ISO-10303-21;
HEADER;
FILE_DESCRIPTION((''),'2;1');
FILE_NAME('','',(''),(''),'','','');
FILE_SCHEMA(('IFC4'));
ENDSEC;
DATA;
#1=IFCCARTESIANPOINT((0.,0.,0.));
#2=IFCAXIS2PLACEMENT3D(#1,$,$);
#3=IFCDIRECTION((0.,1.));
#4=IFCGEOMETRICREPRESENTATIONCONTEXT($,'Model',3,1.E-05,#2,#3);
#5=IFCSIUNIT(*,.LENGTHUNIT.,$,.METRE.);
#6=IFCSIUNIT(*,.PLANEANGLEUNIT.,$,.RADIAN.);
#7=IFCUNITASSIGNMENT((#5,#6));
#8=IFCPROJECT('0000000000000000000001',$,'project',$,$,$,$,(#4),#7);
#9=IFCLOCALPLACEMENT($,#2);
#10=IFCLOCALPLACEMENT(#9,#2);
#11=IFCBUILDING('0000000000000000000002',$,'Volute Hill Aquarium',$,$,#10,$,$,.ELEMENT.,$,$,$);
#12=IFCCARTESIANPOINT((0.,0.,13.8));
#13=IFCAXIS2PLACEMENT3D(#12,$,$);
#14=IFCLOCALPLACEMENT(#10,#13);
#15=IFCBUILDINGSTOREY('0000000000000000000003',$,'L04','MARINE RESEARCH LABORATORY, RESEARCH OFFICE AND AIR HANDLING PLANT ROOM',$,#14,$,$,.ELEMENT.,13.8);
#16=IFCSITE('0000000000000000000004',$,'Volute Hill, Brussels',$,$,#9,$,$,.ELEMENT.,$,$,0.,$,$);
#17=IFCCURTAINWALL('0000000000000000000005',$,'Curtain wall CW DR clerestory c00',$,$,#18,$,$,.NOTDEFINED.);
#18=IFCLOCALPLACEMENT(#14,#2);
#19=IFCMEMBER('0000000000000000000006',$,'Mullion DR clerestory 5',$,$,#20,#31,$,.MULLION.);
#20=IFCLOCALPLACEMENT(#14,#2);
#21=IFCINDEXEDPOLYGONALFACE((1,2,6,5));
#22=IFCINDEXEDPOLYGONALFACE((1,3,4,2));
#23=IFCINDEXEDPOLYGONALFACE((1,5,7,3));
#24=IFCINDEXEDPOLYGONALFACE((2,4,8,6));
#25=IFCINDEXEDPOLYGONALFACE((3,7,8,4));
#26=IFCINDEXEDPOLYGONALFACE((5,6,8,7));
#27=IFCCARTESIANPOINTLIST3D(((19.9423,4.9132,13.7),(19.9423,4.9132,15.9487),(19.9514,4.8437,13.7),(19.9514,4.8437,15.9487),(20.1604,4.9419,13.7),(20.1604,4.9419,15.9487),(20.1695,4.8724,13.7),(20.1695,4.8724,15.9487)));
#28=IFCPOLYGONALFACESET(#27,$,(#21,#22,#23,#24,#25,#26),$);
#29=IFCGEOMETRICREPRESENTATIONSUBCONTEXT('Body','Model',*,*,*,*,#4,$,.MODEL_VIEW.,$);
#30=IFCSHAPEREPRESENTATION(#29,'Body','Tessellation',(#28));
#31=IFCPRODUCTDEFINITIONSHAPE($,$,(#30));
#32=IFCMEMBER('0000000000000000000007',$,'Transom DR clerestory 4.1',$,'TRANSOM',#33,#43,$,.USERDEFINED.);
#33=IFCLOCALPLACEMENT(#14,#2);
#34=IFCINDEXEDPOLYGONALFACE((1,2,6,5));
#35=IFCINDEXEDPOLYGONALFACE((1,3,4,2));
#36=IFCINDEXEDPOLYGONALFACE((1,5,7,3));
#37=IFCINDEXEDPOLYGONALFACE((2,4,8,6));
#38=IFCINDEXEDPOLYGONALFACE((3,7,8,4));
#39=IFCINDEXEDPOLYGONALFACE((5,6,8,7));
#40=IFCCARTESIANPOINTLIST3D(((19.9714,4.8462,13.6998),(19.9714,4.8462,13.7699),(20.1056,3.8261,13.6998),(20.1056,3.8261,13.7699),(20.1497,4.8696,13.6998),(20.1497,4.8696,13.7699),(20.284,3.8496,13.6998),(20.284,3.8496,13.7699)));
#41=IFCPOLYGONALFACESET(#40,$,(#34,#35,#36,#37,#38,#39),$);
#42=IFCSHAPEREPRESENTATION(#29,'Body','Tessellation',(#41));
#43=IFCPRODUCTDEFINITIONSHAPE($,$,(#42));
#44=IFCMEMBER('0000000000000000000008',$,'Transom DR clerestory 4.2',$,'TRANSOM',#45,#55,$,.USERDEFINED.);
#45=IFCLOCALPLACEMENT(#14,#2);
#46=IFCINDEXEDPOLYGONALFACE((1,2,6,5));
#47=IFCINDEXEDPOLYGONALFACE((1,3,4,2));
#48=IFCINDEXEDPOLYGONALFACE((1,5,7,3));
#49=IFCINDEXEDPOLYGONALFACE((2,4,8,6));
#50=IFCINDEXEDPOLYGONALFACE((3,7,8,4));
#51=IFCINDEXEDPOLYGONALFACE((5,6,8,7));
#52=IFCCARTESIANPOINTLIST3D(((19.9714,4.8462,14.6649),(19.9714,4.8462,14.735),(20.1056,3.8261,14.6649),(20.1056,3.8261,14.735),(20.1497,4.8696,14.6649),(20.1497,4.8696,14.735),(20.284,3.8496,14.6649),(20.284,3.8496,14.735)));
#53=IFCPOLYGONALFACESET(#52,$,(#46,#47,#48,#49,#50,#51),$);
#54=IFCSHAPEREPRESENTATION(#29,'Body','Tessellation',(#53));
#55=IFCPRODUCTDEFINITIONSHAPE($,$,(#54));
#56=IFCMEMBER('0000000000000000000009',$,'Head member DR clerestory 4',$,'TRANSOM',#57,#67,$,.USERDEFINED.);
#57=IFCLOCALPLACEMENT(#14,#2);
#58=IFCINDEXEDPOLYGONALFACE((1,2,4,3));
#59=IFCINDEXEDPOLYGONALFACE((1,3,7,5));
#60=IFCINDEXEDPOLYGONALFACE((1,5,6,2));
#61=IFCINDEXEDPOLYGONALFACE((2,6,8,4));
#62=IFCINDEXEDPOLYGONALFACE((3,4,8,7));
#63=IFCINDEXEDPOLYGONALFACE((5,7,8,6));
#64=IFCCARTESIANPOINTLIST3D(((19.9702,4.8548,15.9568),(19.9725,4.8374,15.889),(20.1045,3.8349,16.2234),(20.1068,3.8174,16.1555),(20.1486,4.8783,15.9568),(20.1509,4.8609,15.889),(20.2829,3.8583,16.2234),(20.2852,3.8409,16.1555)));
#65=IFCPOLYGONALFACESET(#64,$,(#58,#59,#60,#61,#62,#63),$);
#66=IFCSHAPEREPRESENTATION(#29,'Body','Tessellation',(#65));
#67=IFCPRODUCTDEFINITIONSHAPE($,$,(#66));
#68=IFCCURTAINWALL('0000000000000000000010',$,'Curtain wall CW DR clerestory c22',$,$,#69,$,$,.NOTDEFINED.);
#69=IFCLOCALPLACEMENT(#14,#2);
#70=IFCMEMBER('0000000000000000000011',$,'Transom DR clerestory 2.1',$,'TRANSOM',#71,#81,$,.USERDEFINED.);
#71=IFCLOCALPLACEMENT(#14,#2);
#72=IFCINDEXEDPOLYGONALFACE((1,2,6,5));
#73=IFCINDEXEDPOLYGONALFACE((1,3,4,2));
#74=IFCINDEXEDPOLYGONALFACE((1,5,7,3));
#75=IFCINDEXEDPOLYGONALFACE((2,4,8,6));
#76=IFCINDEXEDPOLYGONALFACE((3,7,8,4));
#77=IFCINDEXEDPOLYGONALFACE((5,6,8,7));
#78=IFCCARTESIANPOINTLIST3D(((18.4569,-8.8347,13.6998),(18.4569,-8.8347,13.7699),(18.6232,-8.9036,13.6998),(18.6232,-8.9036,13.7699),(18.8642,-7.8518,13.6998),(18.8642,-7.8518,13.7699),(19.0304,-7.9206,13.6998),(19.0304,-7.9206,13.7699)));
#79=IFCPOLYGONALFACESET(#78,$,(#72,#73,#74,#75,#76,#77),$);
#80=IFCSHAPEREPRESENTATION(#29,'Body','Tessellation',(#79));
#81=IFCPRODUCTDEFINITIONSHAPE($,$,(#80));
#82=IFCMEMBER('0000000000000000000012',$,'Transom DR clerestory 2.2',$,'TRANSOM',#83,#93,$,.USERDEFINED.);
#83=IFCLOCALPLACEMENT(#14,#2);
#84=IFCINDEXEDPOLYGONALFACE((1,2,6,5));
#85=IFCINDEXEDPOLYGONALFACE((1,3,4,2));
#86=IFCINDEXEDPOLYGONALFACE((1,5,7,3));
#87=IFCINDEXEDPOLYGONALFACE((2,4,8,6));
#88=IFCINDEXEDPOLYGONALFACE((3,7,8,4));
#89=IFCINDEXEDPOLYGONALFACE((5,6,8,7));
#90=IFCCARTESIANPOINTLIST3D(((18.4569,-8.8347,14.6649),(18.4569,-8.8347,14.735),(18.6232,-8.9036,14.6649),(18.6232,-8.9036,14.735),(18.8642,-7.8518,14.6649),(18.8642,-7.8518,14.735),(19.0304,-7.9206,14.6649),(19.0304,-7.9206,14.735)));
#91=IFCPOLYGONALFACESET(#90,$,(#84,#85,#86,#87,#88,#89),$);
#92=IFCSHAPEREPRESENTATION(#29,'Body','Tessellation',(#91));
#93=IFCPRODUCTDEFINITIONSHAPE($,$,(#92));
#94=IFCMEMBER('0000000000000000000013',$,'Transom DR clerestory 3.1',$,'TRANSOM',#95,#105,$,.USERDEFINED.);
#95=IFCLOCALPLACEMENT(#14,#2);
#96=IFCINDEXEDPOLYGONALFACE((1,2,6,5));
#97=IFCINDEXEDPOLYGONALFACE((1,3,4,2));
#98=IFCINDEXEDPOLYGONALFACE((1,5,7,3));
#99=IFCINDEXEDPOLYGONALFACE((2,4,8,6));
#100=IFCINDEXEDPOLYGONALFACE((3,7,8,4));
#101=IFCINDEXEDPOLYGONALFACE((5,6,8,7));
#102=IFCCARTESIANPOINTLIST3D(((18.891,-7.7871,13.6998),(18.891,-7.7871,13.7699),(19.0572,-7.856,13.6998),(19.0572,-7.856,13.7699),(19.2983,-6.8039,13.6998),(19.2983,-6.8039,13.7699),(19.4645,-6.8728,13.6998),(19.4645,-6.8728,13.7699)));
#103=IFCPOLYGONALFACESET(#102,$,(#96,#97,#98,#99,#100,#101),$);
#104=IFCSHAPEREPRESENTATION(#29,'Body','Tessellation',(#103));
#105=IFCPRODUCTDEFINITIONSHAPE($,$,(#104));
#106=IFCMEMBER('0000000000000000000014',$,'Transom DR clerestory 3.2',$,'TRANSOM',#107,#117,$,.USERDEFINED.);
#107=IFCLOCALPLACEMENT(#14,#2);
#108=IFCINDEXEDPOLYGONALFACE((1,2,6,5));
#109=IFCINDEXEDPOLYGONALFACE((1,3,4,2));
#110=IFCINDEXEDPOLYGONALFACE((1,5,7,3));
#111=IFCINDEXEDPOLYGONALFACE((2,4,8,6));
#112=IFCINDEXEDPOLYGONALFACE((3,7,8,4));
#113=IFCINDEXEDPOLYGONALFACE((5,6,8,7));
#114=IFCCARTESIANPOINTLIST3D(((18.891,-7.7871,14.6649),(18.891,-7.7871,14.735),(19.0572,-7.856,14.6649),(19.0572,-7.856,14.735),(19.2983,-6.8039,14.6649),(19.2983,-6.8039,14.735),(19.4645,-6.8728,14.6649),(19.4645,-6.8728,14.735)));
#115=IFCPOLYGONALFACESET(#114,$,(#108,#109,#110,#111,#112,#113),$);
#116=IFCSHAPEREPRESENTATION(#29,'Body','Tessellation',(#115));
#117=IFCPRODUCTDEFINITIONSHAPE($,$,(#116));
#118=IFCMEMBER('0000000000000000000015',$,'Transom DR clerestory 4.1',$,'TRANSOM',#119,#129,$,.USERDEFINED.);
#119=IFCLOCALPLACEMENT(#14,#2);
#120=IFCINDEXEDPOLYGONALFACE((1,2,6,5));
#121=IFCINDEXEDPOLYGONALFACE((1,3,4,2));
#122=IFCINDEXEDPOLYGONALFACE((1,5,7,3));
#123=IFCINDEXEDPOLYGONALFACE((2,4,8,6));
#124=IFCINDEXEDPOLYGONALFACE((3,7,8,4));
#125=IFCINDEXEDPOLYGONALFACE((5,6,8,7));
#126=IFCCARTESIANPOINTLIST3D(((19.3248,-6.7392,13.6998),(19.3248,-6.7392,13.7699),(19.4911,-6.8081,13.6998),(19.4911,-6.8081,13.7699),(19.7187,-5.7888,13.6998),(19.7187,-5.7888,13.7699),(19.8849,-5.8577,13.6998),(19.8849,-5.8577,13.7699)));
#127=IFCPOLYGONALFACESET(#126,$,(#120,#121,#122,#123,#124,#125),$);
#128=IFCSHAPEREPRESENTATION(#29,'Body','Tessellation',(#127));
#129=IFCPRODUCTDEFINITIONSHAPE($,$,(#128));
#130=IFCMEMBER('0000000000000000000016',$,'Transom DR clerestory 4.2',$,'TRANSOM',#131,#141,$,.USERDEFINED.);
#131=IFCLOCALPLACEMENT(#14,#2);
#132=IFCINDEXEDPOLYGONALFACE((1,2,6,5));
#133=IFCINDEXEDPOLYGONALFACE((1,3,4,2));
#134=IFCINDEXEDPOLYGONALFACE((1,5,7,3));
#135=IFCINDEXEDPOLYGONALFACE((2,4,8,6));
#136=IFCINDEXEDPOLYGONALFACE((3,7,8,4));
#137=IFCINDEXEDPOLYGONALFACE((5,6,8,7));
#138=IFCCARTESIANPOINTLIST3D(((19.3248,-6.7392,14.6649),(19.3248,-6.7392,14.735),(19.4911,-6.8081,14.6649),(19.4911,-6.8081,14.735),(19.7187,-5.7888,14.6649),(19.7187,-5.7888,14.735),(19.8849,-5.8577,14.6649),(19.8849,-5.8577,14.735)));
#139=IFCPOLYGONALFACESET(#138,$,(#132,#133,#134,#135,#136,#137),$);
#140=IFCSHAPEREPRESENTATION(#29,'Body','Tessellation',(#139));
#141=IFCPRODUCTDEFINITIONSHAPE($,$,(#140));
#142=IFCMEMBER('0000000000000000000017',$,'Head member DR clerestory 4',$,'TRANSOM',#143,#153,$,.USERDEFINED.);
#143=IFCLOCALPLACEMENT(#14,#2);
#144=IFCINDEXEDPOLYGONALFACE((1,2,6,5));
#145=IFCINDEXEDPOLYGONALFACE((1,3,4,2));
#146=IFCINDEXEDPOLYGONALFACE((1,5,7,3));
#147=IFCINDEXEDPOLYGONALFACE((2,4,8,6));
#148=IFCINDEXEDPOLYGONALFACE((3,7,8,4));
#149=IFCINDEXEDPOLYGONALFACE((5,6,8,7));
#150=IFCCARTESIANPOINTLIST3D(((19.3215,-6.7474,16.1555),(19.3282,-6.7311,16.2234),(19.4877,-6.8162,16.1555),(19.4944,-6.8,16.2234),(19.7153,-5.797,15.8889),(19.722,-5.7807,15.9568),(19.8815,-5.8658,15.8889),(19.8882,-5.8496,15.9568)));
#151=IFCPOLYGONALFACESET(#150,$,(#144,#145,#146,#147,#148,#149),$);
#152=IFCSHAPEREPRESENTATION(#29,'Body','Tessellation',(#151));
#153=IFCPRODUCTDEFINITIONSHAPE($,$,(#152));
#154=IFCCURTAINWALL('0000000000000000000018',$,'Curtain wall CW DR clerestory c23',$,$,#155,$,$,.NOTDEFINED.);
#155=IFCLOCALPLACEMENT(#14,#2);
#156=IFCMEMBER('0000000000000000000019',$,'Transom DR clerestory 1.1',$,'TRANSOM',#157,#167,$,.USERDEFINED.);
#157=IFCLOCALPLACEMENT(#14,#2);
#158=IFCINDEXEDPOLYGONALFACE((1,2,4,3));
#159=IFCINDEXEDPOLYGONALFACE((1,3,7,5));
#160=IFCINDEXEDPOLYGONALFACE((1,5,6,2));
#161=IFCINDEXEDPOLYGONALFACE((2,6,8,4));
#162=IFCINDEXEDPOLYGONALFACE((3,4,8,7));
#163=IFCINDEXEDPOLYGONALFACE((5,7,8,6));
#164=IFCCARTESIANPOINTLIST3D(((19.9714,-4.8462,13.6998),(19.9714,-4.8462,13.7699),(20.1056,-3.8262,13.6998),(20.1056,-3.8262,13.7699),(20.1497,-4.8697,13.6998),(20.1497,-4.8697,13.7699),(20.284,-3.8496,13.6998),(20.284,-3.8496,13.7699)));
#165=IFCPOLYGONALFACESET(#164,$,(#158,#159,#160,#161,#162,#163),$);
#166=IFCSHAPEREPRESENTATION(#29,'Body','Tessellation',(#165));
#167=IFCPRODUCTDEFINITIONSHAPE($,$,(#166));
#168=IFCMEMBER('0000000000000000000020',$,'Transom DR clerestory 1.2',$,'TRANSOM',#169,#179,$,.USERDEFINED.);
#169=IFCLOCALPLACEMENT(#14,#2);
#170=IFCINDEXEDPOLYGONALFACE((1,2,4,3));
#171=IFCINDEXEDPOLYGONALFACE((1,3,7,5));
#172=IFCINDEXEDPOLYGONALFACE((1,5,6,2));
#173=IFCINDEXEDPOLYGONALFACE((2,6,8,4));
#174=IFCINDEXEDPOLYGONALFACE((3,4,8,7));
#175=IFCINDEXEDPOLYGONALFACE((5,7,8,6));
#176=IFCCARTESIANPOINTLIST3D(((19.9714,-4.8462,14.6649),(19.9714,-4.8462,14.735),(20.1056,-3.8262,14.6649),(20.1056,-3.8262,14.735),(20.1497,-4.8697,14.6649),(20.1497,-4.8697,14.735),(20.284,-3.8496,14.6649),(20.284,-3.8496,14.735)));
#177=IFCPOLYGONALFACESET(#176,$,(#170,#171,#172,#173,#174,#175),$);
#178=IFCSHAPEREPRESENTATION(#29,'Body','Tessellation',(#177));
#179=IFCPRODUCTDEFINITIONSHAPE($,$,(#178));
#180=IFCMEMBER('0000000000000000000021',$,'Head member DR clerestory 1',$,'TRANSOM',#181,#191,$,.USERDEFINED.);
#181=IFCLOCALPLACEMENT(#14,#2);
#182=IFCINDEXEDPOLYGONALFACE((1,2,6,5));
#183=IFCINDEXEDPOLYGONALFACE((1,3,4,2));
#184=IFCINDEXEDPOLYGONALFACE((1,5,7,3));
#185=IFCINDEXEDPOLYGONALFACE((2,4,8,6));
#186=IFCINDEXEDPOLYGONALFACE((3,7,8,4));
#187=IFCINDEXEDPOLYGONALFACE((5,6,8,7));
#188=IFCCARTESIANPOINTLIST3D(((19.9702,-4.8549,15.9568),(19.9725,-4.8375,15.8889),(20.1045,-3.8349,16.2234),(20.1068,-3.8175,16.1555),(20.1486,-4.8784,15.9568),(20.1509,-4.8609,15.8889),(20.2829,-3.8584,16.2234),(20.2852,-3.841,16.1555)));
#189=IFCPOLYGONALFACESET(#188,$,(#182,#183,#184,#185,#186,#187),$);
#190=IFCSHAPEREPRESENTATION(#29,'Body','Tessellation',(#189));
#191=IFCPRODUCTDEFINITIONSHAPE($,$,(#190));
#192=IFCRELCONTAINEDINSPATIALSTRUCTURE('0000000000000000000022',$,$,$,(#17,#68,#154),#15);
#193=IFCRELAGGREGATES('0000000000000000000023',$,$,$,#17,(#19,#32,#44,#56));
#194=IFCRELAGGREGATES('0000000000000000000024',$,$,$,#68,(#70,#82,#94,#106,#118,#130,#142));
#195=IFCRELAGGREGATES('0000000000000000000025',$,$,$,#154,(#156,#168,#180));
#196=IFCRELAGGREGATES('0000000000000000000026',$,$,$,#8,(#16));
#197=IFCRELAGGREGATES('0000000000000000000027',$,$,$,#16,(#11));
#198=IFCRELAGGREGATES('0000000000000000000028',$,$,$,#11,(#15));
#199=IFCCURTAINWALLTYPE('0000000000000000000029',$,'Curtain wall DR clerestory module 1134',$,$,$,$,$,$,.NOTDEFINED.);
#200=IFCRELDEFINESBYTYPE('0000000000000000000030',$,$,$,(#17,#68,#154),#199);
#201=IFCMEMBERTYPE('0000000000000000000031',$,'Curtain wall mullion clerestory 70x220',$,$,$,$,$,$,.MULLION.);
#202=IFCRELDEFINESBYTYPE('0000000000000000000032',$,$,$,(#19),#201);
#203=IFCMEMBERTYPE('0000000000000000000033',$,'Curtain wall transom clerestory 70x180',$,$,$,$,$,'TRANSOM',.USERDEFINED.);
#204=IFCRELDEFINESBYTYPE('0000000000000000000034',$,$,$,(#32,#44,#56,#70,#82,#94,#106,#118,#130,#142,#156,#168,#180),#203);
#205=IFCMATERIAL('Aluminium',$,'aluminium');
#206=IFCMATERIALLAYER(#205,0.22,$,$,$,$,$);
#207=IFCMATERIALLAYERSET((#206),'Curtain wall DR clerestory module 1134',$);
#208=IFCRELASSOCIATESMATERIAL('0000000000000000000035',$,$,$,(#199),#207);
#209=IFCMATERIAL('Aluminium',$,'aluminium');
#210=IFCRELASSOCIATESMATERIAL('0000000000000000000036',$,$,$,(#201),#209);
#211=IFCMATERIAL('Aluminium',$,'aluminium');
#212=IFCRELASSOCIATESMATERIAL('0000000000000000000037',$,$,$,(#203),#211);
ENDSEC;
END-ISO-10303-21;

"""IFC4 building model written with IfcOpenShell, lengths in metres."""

from ifc_helpers import new_model, si_unit, direction, frame, origin, origin_2d, place, context, subcontext, project, spatial, rectangle, extrude, material, layer, layer_set, material_profile, profile_set, type_object, element, aggregate, save


model = new_model("IFC4")

# Units and contexts
model_context = context("Model", 3, precision=1e-05, world=origin(), true_north=direction((0.0, 1.0)))
body_context = subcontext(model_context, "Body", "Model", "MODEL_VIEW")
ifc_project = project(units=[si_unit("LENGTHUNIT", "METRE"), si_unit("PLANEANGLEUNIT", "RADIAN")], contexts=[model_context])

# Site, building, storey
site_placement = place(None, origin())
site = spatial("IfcSite", under=ifc_project, at=site_placement, Name="Volute Hill, Brussels", CompositionType="ELEMENT", RefElevation=0.0)
building_placement = place(site_placement, origin())
building = spatial("IfcBuilding", under=site, at=building_placement, Name="Volute Hill Aquarium", CompositionType="ELEMENT")
storey_placement = place(building_placement, frame((0.0, 0.0, 13.8)))
storey = spatial("IfcBuildingStorey", under=building, at=storey_placement, Name="L04", Description="MARINE RESEARCH LABORATORY, RESEARCH OFFICE AND AIR HANDLING PLANT ROOM", CompositionType="ELEMENT", Elevation=13.8)

# Curtain walls, members
ifc_material_1 = material(Name="Aluminium", Category="aluminium")
ifc_layer_1 = layer(ifc_material_1, 0.22)
ifc_layer_set_1 = layer_set([ifc_layer_1], Name="Curtain wall DR clerestory module 1134")
curtain_wall_type = type_object("IfcCurtainWallType", Name="Curtain wall DR clerestory module 1134", PredefinedType="NOTDEFINED", material=ifc_layer_set_1)
curtain_wall_1_placement = place(storey_placement, origin())
curtain_wall_1 = element("IfcCurtainWall", 1, at=curtain_wall_1_placement, inside=storey, type_object=curtain_wall_type, Name="Curtain wall CW DR clerestory c00", PredefinedType="NOTDEFINED")
ifc_material_2 = material(Name="Aluminium", Category="aluminium")
ifc_material_profile_1 = material_profile(ifc_material_2, rectangle(XDim=0.22, YDim=0.0701, at=origin_2d()), Name="Curtain wall mullion clerestory 70x220")
ifc_profile_set_1 = profile_set([ifc_material_profile_1], Name="Aluminium")
member_type_1 = type_object("IfcMemberType", Name="Curtain wall mullion clerestory 70x220", PredefinedType="MULLION", material=ifc_profile_set_1)
member_1_placement = place(storey_placement, frame((20.0559, 4.8928, 13.7), z_axis=(0.0, 0.0, 1.0), x_axis=(-0.991446, -0.130519, 0.0)))
member_1 = element("IfcMember", 2, at=member_1_placement, type_object=member_type_1, Name="Mullion DR clerestory 5", PredefinedType="MULLION", context=body_context, shape_type="SweptSolid", body=[
    extrude(rectangle(XDim=0.22, YDim=0.0701, at=origin_2d()), origin(), (0.0, 0.0, 1.0), 2.2488),
])
ifc_material_3 = material(Name="Aluminium", Category="aluminium")
ifc_material_profile_2 = material_profile(ifc_material_3, rectangle(XDim=0.1799, YDim=0.0701, at=origin_2d()), Name="Curtain wall transom clerestory 70x180")
ifc_profile_set_2 = profile_set([ifc_material_profile_2], Name="Aluminium")
member_type_2 = type_object("IfcMemberType", Name="Curtain wall transom clerestory 70x180", ElementType="TRANSOM", PredefinedType="USERDEFINED", material=ifc_profile_set_2)
member_2_placement = place(storey_placement, frame((20.1948, 3.8379, 13.7349), z_axis=(-0.130516, 0.991446, 0.0), x_axis=(-0.991446, -0.130516, 0.0)))
member_2 = element("IfcMember", 3, at=member_2_placement, type_object=member_type_2, Name="Transom DR clerestory 4.1", ObjectType="TRANSOM", PredefinedType="USERDEFINED", context=body_context, shape_type="SweptSolid", body=[
    extrude(rectangle(XDim=0.1799, YDim=0.0701, at=origin_2d()), origin(), (0.0, 0.0, 1.0), 1.0288),
])
member_3_placement = place(storey_placement, frame((20.1948, 3.8379, 14.7), z_axis=(-0.130516, 0.991446, 0.0), x_axis=(-0.991446, -0.130516, 0.0)))
member_3 = element("IfcMember", 4, at=member_3_placement, type_object=member_type_2, Name="Transom DR clerestory 4.2", ObjectType="TRANSOM", PredefinedType="USERDEFINED", context=body_context, shape_type="SweptSolid", body=[
    extrude(rectangle(XDim=0.1799, YDim=0.0701, at=origin_2d()), origin(), (0.0, 0.0, 1.0), 1.0288),
])
member_4_placement = place(storey_placement, frame((20.1948, 3.8379, 16.1895), z_axis=(-0.126343, 0.959746, -0.250848), x_axis=(-0.991446, -0.130516, 0.0)))
member_4 = element("IfcMember", 5, at=member_4_placement, type_object=member_type_2, Name="Head member DR clerestory 4", ObjectType="TRANSOM", PredefinedType="USERDEFINED", context=body_context, shape_type="SweptSolid", body=[
    extrude(rectangle(XDim=0.1799, YDim=0.0701, at=origin_2d()), origin(), (0.0, 0.0, 1.0), 1.0627),
])
curtain_wall_2_placement = place(storey_placement, origin())
curtain_wall_2 = element("IfcCurtainWall", 6, at=curtain_wall_2_placement, inside=storey, type_object=curtain_wall_type, Name="Curtain wall CW DR clerestory c22", PredefinedType="NOTDEFINED")
member_5_placement = place(storey_placement, frame((18.54, -8.8691, 13.7349), z_axis=(0.382757, 0.923849, 0.0), x_axis=(-0.923849, 0.382757, 0.0)))
member_5 = element("IfcMember", 7, at=member_5_placement, type_object=member_type_2, Name="Transom DR clerestory 2.1", ObjectType="TRANSOM", PredefinedType="USERDEFINED", context=body_context, shape_type="SweptSolid", body=[
    extrude(rectangle(XDim=0.1799, YDim=0.0701, at=origin_2d()), origin(), (0.0, 0.0, 1.0), 1.064),
])
member_6_placement = place(storey_placement, frame((18.54, -8.8691, 14.7), z_axis=(0.382757, 0.923849, 0.0), x_axis=(-0.923849, 0.382757, 0.0)))
member_6 = element("IfcMember", 8, at=member_6_placement, type_object=member_type_2, Name="Transom DR clerestory 2.2", ObjectType="TRANSOM", PredefinedType="USERDEFINED", context=body_context, shape_type="SweptSolid", body=[
    extrude(rectangle(XDim=0.1799, YDim=0.0701, at=origin_2d()), origin(), (0.0, 0.0, 1.0), 1.064),
])
member_7_placement = place(storey_placement, frame((18.9741, -7.8215, 13.7349), z_axis=(0.382676, 0.923883, 0.0), x_axis=(-0.923883, 0.382676, 0.0)))
member_7 = element("IfcMember", 9, at=member_7_placement, type_object=member_type_2, Name="Transom DR clerestory 3.1", ObjectType="TRANSOM", PredefinedType="USERDEFINED", context=body_context, shape_type="SweptSolid", body=[
    extrude(rectangle(XDim=0.1799, YDim=0.0701, at=origin_2d()), origin(), (0.0, 0.0, 1.0), 1.0642),
])
member_8_placement = place(storey_placement, frame((18.9741, -7.8215, 14.7), z_axis=(0.382676, 0.923883, 0.0), x_axis=(-0.923883, 0.382676, 0.0)))
member_8 = element("IfcMember", 10, at=member_8_placement, type_object=member_type_2, Name="Transom DR clerestory 3.2", ObjectType="TRANSOM", PredefinedType="USERDEFINED", context=body_context, shape_type="SweptSolid", body=[
    extrude(rectangle(XDim=0.1799, YDim=0.0701, at=origin_2d()), origin(), (0.0, 0.0, 1.0), 1.0642),
])
member_9_placement = place(storey_placement, frame((19.408, -6.7737, 13.7349), z_axis=(0.382778, 0.92384, 0.0), x_axis=(-0.92384, 0.382778, 0.0)))
member_9 = element("IfcMember", 11, at=member_9_placement, type_object=member_type_2, Name="Transom DR clerestory 4.1", ObjectType="TRANSOM", PredefinedType="USERDEFINED", context=body_context, shape_type="SweptSolid", body=[
    extrude(rectangle(XDim=0.1799, YDim=0.0701, at=origin_2d()), origin(), (0.0, 0.0, 1.0), 1.0288),
])
member_10_placement = place(storey_placement, frame((19.408, -6.7737, 14.7), z_axis=(0.382778, 0.92384, 0.0), x_axis=(-0.92384, 0.382778, 0.0)))
member_10 = element("IfcMember", 12, at=member_10_placement, type_object=member_type_2, Name="Transom DR clerestory 4.2", ObjectType="TRANSOM", PredefinedType="USERDEFINED", context=body_context, shape_type="SweptSolid", body=[
    extrude(rectangle(XDim=0.1799, YDim=0.0701, at=origin_2d()), origin(), (0.0, 0.0, 1.0), 1.0288),
])
member_11_placement = place(storey_placement, frame((19.408, -6.7737, 16.1895), z_axis=(0.370539, 0.8943, -0.250854), x_axis=(-0.92384, 0.382778, 0.0)))
member_11 = element("IfcMember", 13, at=member_11_placement, type_object=member_type_2, Name="Head member DR clerestory 4", ObjectType="TRANSOM", PredefinedType="USERDEFINED", context=body_context, shape_type="SweptSolid", body=[
    extrude(rectangle(XDim=0.1799, YDim=0.0701, at=origin_2d()), origin(), (0.0, 0.0, 1.0), 1.0627),
])
curtain_wall_3_placement = place(storey_placement, origin())
curtain_wall_3 = element("IfcCurtainWall", 14, at=curtain_wall_3_placement, inside=storey, type_object=curtain_wall_type, Name="Curtain wall CW DR clerestory c23", PredefinedType="NOTDEFINED")
member_12_placement = place(storey_placement, frame((20.0605, -4.8579, 13.7349), z_axis=(0.130516, 0.991446, 0.0), x_axis=(-0.991446, 0.130516, 0.0)))
member_12 = element("IfcMember", 15, at=member_12_placement, type_object=member_type_2, Name="Transom DR clerestory 1.1", ObjectType="TRANSOM", PredefinedType="USERDEFINED", context=body_context, shape_type="SweptSolid", body=[
    extrude(rectangle(XDim=0.1799, YDim=0.0701, at=origin_2d()), origin(), (0.0, 0.0, 1.0), 1.0288),
])
member_13_placement = place(storey_placement, frame((20.0605, -4.8579, 14.7), z_axis=(0.130516, 0.991446, 0.0), x_axis=(-0.991446, 0.130516, 0.0)))
member_13 = element("IfcMember", 16, at=member_13_placement, type_object=member_type_2, Name="Transom DR clerestory 1.2", ObjectType="TRANSOM", PredefinedType="USERDEFINED", context=body_context, shape_type="SweptSolid", body=[
    extrude(rectangle(XDim=0.1799, YDim=0.0701, at=origin_2d()), origin(), (0.0, 0.0, 1.0), 1.0288),
])
member_14_placement = place(storey_placement, frame((20.0605, -4.8579, 15.9229), z_axis=(0.126343, 0.959746, 0.250848), x_axis=(-0.991446, 0.130516, 0.0)))
member_14 = element("IfcMember", 17, at=member_14_placement, type_object=member_type_2, Name="Head member DR clerestory 1", ObjectType="TRANSOM", PredefinedType="USERDEFINED", context=body_context, shape_type="SweptSolid", body=[
    extrude(rectangle(XDim=0.1799, YDim=0.0701, at=origin_2d()), origin(), (0.0, 0.0, 1.0), 1.0627),
])

aggregate(curtain_wall_1, [member_1, member_2, member_3, member_4])
aggregate(curtain_wall_2, [member_5, member_6, member_7, member_8, member_9, member_10, member_11])
aggregate(curtain_wall_3, [member_12, member_13, member_14])

save(model, "model.ifc")
